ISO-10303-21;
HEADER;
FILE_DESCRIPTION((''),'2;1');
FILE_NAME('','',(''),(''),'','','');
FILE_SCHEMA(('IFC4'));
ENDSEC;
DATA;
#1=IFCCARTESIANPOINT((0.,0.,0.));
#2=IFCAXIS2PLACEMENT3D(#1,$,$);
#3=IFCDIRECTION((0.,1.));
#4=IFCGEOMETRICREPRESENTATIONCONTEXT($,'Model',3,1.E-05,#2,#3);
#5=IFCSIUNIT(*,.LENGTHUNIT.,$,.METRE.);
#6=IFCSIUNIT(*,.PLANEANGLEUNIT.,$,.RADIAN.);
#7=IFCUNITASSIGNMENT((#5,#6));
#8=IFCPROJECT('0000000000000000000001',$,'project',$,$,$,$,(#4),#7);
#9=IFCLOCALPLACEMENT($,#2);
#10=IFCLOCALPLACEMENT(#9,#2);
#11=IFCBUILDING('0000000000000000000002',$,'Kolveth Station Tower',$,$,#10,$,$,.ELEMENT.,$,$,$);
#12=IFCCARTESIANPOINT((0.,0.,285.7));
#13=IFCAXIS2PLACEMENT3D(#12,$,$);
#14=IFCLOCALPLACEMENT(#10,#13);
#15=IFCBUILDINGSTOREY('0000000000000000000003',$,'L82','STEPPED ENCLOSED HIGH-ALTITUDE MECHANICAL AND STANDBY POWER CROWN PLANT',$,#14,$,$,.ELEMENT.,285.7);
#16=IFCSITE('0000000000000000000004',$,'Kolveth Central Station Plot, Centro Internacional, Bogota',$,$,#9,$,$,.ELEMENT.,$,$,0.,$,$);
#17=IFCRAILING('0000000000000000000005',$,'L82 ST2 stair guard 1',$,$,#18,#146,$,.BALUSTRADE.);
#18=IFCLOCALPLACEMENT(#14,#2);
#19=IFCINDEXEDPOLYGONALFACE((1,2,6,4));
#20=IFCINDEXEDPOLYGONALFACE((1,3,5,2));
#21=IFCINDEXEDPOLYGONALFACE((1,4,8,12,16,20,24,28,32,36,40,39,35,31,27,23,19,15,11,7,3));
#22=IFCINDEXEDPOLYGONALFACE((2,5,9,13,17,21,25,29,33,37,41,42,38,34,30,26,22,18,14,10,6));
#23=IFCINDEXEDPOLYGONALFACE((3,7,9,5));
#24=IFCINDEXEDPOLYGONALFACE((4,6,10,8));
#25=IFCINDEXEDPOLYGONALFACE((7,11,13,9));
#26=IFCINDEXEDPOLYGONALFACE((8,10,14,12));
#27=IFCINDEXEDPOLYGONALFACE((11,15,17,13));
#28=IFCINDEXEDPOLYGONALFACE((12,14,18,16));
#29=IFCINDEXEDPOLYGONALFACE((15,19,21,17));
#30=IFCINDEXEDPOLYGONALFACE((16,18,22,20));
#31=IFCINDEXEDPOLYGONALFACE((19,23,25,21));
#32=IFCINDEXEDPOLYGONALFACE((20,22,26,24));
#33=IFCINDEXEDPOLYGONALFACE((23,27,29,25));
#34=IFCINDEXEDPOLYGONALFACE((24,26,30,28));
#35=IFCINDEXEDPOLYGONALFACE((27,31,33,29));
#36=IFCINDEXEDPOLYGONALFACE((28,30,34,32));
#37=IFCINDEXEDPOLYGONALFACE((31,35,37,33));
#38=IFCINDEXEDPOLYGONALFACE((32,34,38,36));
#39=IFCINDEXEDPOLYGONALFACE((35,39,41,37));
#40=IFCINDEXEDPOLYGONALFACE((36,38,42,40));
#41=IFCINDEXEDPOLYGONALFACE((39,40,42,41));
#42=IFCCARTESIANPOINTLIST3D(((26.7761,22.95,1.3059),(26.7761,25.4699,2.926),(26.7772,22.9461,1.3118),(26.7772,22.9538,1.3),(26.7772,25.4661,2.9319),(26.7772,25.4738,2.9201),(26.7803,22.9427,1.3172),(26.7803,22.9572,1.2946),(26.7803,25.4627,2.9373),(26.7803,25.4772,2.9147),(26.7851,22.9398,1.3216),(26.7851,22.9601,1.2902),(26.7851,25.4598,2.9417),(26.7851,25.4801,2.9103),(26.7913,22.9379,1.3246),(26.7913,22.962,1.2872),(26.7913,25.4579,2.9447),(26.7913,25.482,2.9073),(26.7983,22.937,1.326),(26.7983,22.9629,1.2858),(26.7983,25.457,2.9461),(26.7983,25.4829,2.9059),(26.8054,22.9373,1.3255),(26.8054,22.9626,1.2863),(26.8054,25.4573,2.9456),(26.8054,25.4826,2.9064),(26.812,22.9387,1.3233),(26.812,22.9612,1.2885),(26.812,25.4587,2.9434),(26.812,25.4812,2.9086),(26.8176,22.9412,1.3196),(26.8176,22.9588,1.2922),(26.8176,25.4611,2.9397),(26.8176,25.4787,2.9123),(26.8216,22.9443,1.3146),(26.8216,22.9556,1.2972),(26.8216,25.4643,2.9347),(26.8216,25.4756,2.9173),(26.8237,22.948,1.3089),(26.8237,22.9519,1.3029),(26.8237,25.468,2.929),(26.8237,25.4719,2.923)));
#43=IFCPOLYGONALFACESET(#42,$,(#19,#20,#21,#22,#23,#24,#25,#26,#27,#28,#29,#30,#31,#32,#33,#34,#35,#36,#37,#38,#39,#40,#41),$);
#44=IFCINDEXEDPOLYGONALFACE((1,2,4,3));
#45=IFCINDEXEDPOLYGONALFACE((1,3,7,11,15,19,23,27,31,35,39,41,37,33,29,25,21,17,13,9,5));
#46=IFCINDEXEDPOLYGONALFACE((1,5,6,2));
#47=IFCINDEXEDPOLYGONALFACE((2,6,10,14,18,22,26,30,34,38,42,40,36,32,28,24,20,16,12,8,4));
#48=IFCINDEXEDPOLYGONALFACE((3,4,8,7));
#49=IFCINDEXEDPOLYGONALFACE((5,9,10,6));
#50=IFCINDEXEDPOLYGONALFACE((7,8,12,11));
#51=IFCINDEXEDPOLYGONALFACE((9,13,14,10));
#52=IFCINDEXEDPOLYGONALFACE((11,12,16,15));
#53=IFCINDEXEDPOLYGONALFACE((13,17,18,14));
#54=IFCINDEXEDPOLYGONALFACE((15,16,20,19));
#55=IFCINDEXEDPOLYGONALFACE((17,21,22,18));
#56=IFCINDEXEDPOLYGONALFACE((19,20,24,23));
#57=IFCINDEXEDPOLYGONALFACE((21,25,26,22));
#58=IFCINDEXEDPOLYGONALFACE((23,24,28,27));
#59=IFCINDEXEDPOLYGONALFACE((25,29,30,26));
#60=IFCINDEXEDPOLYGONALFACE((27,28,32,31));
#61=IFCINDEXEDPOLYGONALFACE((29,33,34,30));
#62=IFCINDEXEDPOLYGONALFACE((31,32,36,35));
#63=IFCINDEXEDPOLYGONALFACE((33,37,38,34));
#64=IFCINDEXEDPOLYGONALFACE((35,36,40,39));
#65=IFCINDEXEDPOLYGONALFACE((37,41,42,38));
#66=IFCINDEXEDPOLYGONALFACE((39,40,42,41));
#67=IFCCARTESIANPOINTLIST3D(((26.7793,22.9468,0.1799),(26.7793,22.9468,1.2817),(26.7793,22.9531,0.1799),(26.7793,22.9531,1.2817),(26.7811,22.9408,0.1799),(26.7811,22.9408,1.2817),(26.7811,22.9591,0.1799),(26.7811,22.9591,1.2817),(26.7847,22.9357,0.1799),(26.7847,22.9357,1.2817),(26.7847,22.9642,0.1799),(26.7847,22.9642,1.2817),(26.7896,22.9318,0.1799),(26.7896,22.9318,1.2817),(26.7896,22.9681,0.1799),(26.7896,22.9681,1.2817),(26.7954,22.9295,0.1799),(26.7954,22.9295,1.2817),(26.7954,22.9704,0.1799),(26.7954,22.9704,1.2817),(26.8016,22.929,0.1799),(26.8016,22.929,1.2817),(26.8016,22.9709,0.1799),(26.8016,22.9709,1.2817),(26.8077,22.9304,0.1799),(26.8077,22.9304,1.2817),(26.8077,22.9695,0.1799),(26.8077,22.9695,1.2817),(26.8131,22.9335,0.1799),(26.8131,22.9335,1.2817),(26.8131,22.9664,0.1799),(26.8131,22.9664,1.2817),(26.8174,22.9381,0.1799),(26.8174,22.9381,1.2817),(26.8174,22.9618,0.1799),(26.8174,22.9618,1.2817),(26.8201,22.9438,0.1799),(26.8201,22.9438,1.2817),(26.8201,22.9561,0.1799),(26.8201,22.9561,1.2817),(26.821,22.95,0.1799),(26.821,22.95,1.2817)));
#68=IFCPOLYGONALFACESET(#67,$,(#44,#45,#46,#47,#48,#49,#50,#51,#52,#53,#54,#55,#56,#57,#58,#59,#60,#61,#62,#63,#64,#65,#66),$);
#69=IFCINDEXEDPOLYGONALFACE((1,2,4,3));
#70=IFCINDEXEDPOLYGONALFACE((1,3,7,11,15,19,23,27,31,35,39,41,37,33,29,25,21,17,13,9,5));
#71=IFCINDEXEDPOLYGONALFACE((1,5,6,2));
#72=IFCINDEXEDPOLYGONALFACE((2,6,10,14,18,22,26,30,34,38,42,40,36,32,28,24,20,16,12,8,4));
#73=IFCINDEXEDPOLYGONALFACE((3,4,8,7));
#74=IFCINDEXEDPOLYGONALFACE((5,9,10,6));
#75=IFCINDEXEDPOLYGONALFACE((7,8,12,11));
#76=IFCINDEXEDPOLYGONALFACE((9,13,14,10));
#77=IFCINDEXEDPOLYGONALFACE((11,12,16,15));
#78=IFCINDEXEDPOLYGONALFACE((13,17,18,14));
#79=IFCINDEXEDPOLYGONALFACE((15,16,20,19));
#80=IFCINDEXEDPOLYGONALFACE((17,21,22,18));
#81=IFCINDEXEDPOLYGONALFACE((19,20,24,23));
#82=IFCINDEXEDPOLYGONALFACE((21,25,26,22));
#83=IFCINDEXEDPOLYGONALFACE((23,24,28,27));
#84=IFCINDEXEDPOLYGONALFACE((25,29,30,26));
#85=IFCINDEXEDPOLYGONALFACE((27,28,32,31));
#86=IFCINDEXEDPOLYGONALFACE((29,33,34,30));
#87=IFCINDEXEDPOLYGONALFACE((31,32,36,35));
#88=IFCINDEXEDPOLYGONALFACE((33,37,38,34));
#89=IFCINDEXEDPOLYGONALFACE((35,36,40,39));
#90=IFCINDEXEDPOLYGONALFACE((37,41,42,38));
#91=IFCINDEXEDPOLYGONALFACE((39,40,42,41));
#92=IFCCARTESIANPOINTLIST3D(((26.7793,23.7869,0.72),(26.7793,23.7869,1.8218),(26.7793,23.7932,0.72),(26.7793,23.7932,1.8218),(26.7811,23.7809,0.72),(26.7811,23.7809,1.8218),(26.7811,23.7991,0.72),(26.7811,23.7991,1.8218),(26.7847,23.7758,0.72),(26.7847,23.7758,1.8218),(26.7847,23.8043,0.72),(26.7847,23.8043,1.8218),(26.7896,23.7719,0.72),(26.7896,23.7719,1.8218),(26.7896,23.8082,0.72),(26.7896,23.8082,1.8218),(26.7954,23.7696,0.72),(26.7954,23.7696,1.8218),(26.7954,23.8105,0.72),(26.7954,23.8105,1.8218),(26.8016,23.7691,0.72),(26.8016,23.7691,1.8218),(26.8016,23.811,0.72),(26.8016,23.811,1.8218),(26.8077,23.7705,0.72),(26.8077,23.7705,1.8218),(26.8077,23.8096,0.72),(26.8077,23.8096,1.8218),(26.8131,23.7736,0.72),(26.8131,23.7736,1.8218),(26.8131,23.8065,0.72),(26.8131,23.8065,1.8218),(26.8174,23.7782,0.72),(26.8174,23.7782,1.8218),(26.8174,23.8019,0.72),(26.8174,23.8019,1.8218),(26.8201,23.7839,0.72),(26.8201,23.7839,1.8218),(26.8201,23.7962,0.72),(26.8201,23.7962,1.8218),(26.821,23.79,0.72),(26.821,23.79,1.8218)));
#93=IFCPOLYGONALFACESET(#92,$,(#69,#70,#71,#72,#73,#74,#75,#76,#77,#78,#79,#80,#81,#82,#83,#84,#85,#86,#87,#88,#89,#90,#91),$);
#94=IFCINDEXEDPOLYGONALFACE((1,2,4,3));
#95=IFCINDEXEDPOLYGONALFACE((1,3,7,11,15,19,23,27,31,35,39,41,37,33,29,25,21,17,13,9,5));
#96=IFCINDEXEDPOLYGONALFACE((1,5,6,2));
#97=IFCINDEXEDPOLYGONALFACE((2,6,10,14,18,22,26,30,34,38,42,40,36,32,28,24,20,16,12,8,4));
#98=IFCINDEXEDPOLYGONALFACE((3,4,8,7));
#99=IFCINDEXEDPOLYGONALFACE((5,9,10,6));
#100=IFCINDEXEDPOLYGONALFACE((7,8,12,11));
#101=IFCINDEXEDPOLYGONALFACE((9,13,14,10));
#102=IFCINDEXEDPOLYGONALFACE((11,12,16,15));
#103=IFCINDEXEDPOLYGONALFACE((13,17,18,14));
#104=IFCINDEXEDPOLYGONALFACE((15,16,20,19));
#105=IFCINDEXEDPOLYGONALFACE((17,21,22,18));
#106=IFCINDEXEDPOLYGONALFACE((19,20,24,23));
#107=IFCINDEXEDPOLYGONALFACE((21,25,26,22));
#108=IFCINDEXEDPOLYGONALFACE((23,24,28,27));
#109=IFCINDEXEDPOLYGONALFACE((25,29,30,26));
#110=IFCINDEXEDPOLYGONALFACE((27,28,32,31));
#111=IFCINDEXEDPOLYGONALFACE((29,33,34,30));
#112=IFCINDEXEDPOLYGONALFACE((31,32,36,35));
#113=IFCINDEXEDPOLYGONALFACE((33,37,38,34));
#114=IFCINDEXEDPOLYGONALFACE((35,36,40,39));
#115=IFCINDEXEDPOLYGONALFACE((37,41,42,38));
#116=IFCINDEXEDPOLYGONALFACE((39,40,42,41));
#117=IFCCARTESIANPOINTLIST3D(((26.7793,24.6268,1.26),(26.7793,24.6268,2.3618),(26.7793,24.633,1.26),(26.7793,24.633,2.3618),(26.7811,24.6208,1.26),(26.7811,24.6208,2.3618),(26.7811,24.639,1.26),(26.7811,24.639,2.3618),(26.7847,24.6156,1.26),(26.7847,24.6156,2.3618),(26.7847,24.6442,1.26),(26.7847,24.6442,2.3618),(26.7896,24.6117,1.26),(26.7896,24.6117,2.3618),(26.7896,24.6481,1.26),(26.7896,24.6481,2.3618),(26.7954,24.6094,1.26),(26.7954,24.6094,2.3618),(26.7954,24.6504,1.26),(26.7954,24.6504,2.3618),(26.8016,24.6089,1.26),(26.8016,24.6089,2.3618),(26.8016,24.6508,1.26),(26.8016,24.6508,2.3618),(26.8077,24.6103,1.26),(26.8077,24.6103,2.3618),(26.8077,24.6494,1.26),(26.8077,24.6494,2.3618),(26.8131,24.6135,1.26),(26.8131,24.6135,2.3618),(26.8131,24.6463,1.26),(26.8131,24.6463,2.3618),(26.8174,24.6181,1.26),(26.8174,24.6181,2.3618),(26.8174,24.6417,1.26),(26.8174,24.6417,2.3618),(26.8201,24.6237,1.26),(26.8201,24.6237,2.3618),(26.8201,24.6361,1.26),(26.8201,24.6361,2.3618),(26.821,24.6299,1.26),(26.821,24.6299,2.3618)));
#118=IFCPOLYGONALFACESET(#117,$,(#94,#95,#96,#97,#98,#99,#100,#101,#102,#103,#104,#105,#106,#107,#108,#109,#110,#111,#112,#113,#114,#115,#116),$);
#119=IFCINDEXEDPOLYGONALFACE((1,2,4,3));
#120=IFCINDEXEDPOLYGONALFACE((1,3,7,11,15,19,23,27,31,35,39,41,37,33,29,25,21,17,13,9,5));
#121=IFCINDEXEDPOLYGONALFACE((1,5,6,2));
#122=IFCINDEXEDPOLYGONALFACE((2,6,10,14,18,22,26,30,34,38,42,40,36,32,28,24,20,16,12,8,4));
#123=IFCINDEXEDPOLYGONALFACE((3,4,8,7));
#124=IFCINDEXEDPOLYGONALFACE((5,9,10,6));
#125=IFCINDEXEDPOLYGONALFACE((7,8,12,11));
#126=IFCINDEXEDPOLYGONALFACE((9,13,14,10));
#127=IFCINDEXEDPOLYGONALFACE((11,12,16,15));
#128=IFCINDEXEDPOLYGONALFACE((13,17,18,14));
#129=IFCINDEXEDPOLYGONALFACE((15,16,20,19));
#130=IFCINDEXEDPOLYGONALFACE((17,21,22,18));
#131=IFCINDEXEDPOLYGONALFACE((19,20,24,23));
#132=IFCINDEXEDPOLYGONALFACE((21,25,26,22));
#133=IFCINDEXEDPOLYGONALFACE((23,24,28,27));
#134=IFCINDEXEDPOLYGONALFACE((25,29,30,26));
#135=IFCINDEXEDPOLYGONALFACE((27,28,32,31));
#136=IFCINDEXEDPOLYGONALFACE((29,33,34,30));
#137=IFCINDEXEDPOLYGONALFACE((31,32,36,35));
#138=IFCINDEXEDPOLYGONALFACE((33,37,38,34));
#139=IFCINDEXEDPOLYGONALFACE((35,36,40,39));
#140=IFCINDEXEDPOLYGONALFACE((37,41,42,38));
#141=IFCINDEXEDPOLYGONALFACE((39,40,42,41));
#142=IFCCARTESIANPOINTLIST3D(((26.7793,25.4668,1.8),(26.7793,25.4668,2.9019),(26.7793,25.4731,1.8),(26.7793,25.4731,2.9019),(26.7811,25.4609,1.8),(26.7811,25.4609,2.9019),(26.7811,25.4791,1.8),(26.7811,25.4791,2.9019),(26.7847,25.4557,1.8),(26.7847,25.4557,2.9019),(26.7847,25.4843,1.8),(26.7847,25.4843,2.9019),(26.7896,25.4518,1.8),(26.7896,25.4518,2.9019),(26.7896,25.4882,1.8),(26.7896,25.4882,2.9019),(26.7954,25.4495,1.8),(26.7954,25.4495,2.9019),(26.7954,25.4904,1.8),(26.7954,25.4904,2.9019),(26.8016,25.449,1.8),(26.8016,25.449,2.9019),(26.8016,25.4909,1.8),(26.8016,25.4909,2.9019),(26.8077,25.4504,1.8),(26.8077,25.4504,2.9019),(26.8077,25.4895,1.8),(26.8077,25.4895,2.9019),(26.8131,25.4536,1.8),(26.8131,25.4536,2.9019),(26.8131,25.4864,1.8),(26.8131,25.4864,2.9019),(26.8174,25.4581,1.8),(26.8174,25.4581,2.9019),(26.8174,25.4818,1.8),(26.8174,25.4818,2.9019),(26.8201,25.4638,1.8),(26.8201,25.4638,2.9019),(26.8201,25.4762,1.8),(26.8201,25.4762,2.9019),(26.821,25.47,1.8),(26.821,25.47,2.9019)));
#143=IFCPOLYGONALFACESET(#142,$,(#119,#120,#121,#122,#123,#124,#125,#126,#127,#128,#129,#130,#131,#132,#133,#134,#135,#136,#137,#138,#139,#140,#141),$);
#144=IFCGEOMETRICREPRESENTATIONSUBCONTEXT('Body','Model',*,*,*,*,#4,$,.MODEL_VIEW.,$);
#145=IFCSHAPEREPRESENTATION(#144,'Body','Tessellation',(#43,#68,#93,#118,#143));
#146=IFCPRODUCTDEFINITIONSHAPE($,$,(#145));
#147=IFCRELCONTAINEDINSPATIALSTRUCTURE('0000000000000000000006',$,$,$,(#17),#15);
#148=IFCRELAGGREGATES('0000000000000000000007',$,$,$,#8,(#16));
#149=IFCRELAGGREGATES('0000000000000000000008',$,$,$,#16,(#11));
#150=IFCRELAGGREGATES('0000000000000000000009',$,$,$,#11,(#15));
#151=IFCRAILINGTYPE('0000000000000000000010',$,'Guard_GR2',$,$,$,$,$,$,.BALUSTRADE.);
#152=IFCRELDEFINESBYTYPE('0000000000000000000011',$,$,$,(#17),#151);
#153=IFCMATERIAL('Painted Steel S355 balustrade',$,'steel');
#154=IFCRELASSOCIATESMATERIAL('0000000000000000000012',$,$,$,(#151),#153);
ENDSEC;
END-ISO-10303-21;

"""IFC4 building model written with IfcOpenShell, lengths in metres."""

from ifc_helpers import new_model, si_unit, direction, frame, origin, origin_2d, place, context, subcontext, project, spatial, circle, extrude, material, type_object, element, save


model = new_model("IFC4")

# Units and contexts
model_context = context("Model", 3, precision=1e-05, world=origin(), true_north=direction((0.0, 1.0)))
body_context = subcontext(model_context, "Body", "Model", "MODEL_VIEW")
ifc_project = project(units=[si_unit("LENGTHUNIT", "METRE"), si_unit("PLANEANGLEUNIT", "RADIAN")], contexts=[model_context])

# Site, building, storey
site_placement = place(None, origin())
site = spatial("IfcSite", under=ifc_project, at=site_placement, Name="Kolveth Central Station Plot, Centro Internacional, Bogota", CompositionType="ELEMENT", RefElevation=0.0)
building_placement = place(site_placement, origin())
building = spatial("IfcBuilding", under=site, at=building_placement, Name="Kolveth Station Tower", CompositionType="ELEMENT")
storey_placement = place(building_placement, frame((0.0, 0.0, 285.7)))
storey = spatial("IfcBuildingStorey", under=building, at=storey_placement, Name="L82", Description="STEPPED ENCLOSED HIGH-ALTITUDE MECHANICAL AND STANDBY POWER CROWN PLANT", CompositionType="ELEMENT", Elevation=285.7)

# Railing
ifc_material_1 = material(Name="Painted Steel S355 balustrade", Category="steel")
railing_type_1 = type_object("IfcRailingType", Name="Guard_GR2", PredefinedType="BALUSTRADE", material=ifc_material_1)
railing_1_placement = place(storey_placement, frame((26.8, 22.95, 0.1799)))
element("IfcRailing", 1, at=railing_1_placement, inside=storey, type_object=railing_type_1, Name="L82 ST2 stair guard 1", PredefinedType="BALUSTRADE", context=body_context, shape_type="SweptSolid", body=[
    extrude(circle(Radius=0.0239, at=origin_2d()), frame((0.0, 0.0, 1.126), z_axis=(0.0, 0.841163, 0.540782), x_axis=(-1.0, 0.0, 0.0)), (0.0, 0.0, 1.0), 2.9958),
    extrude(circle(Radius=0.021, at=origin_2d()), origin(), (0.0, 0.0, 1.0), 1.1018),
    extrude(circle(Radius=0.021, at=origin_2d()), frame((0.0, 0.8401, 0.54)), (0.0, 0.0, 1.0), 1.1018),
    extrude(circle(Radius=0.021, at=origin_2d()), frame((0.0, 1.6799, 1.0801)), (0.0, 0.0, 1.0), 1.1018),
    extrude(circle(Radius=0.021, at=origin_2d()), frame((0.0, 2.52, 1.6201)), (0.0, 0.0, 1.0), 1.1018),
])

save(model, "model.ifc")
